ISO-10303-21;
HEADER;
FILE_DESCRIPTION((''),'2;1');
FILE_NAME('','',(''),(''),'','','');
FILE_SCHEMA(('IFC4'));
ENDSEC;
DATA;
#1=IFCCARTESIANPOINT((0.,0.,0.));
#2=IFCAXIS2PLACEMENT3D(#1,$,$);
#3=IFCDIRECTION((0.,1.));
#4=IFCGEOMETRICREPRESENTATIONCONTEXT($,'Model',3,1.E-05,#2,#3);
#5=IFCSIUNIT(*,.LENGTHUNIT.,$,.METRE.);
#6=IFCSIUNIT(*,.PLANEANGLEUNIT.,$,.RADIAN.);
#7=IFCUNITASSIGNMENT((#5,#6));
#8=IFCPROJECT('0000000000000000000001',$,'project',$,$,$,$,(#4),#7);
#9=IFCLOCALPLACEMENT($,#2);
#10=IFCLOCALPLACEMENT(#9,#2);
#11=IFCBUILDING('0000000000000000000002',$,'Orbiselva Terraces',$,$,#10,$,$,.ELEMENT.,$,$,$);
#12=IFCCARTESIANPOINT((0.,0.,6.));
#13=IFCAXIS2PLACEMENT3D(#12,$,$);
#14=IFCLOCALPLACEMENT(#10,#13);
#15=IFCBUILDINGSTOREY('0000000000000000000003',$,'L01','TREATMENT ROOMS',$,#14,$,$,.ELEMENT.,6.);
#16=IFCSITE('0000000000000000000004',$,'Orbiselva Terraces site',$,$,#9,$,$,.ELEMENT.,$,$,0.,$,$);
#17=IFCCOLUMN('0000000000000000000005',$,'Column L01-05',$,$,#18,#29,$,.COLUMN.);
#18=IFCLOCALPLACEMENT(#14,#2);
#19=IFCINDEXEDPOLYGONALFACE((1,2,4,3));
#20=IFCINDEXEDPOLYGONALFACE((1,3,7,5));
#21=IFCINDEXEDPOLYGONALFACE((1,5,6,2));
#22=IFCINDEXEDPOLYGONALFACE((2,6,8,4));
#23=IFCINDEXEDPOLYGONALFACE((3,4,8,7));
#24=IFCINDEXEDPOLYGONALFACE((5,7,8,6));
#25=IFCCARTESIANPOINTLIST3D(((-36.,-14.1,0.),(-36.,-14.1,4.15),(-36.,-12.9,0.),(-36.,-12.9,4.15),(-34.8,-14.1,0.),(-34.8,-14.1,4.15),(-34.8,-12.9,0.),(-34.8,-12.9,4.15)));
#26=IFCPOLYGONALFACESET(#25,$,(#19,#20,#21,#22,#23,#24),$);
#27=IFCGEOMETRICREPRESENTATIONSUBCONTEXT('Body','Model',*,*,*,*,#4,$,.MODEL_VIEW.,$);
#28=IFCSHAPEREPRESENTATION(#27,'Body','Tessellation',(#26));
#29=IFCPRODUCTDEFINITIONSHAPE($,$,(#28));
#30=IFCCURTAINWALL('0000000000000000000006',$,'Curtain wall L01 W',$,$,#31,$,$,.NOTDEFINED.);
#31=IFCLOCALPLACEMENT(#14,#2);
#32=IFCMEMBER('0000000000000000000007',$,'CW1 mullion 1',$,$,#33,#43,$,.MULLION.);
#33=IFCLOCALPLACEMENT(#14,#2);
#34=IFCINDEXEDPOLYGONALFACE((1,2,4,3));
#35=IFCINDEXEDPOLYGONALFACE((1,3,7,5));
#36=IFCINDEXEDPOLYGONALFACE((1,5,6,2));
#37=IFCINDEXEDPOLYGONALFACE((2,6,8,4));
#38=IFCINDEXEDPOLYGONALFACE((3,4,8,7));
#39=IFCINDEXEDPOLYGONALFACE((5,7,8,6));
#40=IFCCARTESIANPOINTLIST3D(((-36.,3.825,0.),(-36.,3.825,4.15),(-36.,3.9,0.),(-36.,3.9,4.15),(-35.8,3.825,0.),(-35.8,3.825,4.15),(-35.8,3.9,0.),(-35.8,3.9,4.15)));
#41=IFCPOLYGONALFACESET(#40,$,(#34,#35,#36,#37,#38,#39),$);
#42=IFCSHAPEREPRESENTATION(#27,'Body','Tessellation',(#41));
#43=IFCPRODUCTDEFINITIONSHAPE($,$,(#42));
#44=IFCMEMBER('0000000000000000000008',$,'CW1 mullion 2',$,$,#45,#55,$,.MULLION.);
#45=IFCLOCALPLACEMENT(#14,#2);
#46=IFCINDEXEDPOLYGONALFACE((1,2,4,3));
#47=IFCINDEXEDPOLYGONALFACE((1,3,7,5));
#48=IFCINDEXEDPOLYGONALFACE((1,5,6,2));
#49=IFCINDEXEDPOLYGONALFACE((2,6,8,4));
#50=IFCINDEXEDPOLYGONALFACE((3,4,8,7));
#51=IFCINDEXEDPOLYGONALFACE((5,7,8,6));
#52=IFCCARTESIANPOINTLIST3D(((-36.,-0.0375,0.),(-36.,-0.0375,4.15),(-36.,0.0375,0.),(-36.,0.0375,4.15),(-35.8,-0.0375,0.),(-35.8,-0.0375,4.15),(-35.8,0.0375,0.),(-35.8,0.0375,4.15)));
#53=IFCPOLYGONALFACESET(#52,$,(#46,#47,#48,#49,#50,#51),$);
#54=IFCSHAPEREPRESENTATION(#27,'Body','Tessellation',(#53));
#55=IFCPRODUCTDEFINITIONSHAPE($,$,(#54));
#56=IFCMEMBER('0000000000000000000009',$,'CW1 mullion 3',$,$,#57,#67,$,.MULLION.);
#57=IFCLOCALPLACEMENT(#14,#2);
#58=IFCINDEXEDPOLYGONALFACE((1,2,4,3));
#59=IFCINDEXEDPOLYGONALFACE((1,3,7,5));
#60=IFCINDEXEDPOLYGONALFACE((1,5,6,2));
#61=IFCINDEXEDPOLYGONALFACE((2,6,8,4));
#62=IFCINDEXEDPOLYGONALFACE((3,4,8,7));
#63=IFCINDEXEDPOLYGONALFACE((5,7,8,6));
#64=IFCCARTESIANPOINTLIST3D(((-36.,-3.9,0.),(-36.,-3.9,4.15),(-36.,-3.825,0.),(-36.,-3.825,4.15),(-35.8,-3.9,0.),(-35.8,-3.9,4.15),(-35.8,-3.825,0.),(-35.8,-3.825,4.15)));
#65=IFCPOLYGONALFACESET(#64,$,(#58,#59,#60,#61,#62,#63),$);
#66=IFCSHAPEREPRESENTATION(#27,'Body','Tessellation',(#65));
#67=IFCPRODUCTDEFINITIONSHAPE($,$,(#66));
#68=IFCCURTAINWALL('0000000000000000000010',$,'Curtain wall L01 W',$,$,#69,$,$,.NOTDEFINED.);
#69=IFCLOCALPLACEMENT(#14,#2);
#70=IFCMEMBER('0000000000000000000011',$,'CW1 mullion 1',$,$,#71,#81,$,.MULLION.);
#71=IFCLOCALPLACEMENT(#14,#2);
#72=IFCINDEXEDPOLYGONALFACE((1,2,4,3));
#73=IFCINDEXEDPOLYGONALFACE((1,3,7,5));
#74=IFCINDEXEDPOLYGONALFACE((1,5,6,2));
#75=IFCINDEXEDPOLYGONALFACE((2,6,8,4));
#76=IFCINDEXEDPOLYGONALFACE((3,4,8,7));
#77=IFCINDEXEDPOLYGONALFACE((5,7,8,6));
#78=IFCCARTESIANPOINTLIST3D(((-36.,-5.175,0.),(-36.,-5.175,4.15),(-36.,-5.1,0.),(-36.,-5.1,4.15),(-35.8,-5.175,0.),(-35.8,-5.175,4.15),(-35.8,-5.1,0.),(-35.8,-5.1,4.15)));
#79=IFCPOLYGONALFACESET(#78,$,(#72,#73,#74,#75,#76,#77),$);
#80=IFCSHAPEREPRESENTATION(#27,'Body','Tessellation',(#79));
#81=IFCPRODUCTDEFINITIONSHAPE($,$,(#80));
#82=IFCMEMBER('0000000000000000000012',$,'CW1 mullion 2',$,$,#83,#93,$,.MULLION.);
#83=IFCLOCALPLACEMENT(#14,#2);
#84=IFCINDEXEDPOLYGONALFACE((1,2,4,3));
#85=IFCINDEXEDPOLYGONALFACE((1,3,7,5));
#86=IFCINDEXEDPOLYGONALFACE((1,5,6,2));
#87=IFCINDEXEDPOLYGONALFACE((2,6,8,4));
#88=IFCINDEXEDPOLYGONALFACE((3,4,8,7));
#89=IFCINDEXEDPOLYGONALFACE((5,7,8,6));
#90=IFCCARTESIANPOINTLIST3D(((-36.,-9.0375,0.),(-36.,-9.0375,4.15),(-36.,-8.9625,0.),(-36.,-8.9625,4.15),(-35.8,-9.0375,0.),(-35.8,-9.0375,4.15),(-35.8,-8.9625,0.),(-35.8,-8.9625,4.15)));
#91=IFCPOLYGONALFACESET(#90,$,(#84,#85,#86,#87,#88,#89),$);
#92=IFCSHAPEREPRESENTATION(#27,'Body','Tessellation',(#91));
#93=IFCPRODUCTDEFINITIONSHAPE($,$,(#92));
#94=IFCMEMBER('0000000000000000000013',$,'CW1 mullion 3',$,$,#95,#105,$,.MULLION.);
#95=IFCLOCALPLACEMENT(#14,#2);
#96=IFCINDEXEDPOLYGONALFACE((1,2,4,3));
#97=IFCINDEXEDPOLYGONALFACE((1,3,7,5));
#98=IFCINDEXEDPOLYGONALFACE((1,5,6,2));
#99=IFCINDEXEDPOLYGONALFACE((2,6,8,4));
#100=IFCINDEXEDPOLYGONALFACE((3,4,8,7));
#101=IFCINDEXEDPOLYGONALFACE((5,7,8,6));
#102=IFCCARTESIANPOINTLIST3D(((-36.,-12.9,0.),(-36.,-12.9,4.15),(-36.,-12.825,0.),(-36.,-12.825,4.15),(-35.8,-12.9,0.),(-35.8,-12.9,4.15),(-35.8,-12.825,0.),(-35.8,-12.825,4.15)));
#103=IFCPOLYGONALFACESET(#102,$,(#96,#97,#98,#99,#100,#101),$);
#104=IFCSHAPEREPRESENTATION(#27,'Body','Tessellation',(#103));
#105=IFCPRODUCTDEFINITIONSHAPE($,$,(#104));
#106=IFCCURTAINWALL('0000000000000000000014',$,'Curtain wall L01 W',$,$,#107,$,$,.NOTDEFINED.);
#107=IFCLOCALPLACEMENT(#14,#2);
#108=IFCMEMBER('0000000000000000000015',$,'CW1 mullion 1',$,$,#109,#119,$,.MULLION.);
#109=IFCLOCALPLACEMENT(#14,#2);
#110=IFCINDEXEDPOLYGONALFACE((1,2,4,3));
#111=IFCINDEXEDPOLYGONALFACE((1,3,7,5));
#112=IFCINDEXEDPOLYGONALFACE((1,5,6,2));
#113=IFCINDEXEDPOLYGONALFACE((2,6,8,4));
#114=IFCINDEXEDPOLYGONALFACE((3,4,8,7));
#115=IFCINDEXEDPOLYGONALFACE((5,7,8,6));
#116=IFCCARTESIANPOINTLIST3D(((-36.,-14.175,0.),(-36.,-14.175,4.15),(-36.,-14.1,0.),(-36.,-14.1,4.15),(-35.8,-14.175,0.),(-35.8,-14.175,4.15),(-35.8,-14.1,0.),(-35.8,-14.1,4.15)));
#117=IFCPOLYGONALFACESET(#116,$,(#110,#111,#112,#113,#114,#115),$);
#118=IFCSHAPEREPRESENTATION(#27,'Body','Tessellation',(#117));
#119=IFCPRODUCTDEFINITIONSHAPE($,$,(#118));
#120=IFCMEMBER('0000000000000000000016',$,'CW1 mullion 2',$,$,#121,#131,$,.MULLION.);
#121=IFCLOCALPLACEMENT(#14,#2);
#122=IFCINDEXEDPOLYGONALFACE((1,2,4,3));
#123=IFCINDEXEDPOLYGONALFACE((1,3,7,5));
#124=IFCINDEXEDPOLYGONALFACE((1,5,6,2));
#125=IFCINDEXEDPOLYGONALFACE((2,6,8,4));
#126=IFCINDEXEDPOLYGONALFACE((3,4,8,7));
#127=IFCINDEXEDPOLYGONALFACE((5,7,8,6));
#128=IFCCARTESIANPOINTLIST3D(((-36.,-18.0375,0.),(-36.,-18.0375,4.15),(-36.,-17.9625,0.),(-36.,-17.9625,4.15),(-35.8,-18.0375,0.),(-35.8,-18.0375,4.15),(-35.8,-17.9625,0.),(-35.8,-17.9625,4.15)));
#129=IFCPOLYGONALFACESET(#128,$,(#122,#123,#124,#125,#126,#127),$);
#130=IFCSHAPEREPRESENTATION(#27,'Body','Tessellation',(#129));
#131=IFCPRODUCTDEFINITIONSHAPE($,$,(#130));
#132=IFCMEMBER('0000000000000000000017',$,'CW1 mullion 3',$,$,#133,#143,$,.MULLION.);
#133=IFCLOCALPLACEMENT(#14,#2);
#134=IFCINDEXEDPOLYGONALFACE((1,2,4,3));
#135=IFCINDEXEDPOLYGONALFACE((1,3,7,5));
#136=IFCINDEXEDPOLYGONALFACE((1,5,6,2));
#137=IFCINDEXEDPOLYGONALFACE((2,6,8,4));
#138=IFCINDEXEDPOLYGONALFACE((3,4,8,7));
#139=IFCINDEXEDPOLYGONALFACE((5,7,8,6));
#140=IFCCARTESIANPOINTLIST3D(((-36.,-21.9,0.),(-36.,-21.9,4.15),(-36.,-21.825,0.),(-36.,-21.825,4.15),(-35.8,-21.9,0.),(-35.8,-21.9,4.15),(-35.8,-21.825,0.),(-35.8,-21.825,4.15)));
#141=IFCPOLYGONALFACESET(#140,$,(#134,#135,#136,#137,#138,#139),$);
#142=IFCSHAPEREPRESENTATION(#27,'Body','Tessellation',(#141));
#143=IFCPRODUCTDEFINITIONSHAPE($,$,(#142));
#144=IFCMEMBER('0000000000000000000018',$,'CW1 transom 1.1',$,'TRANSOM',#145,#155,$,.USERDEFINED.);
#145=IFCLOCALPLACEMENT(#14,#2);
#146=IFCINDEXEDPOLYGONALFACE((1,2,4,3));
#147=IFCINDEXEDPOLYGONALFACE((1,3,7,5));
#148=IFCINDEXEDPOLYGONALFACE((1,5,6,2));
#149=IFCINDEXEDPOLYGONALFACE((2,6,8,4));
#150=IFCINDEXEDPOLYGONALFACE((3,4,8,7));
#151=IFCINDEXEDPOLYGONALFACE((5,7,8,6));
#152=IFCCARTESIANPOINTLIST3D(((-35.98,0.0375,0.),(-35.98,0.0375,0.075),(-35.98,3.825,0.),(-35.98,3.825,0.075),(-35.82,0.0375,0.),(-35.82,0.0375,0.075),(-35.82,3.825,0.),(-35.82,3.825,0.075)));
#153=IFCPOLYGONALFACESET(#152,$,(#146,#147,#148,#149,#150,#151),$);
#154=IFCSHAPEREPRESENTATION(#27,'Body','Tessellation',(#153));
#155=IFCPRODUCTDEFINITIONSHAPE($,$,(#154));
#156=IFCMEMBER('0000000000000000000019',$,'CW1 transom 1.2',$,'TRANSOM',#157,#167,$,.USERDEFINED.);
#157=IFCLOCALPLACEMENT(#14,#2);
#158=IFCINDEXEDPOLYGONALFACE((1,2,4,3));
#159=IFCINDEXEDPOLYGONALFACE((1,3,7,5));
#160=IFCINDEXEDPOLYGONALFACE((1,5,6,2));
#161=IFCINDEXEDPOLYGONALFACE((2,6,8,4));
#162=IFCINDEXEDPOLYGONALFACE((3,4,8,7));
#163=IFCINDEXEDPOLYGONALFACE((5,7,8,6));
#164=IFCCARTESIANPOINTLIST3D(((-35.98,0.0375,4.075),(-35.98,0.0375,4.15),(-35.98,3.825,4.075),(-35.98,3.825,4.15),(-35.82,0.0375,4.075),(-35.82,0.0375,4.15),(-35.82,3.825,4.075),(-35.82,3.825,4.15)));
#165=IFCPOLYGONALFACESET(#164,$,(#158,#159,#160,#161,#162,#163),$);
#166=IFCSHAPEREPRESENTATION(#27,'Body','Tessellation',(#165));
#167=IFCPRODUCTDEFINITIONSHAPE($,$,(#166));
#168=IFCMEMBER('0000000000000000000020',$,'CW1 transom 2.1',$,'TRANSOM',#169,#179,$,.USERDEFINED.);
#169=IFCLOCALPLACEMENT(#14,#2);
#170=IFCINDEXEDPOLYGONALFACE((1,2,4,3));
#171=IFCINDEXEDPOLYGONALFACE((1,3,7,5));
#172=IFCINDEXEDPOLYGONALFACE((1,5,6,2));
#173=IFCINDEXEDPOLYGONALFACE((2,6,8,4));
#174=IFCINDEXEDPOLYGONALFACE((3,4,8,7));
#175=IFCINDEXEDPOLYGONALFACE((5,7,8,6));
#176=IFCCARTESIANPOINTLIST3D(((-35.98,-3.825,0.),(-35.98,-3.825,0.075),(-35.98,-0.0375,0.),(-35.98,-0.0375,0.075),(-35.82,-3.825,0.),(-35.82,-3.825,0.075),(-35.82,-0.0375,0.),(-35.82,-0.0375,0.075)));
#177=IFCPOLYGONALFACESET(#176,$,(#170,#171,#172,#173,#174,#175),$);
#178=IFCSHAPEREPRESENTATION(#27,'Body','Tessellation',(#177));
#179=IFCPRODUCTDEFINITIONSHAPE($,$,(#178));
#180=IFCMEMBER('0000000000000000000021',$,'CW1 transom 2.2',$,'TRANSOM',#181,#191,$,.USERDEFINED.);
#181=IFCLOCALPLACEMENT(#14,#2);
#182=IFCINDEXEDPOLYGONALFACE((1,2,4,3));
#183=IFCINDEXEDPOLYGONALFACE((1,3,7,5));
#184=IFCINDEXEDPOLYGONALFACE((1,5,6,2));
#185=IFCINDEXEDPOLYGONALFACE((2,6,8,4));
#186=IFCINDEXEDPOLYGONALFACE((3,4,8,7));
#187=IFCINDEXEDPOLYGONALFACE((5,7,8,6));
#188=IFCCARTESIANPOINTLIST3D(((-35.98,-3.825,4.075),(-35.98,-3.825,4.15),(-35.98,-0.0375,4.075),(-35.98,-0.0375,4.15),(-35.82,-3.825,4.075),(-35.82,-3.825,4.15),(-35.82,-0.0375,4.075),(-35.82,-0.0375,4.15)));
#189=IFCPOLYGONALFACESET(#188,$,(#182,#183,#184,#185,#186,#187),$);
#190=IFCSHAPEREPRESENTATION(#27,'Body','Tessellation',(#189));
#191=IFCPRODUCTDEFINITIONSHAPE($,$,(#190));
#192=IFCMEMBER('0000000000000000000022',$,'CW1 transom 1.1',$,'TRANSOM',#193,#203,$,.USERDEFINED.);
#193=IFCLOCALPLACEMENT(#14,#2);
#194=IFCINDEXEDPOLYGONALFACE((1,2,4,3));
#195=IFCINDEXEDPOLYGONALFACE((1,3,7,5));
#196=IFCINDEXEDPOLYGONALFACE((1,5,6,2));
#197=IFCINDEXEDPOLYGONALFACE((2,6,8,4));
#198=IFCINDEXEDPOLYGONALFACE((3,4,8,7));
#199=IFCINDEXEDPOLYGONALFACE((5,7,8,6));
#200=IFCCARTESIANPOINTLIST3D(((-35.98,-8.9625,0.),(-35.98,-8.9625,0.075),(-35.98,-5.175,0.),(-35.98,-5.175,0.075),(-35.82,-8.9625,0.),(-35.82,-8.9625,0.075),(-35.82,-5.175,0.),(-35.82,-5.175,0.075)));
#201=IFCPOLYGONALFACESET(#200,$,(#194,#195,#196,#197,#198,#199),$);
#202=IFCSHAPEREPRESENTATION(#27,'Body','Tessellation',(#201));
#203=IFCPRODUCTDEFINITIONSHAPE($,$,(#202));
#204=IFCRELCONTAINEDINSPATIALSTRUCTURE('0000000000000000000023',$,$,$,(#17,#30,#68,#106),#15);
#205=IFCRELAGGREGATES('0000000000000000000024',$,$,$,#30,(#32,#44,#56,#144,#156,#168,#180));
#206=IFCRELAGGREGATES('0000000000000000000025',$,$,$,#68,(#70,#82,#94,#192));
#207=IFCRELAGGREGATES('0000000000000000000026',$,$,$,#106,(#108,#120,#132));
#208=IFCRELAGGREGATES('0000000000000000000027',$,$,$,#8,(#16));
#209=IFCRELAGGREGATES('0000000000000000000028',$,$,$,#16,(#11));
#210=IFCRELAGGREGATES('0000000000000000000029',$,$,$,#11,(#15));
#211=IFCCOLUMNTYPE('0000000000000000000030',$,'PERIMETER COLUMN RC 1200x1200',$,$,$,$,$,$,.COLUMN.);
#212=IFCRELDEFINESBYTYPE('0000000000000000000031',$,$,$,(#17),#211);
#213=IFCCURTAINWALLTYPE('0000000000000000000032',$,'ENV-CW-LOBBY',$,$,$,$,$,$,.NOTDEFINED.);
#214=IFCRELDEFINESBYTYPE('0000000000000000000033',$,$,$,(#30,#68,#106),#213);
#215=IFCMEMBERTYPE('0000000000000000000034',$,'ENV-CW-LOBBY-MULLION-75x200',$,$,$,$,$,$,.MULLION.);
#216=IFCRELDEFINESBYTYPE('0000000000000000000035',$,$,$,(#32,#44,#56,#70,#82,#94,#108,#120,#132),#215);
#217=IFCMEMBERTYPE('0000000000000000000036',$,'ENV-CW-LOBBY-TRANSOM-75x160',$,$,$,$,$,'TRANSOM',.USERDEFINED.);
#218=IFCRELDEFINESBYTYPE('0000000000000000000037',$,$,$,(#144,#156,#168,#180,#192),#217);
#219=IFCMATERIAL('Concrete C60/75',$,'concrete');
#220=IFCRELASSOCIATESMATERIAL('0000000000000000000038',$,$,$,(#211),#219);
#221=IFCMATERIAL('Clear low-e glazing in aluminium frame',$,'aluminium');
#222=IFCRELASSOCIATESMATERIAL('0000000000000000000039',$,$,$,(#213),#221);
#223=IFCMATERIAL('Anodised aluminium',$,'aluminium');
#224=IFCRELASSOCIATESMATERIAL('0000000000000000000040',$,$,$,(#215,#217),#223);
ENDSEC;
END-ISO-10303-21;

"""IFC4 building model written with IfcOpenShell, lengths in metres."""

from ifc_helpers import new_model, si_unit, direction, frame, origin, origin_2d, place, context, subcontext, project, spatial, rectangle, extrude, material, material_profile, profile_set, type_object, element, aggregate, save


model = new_model("IFC4")

# Units and contexts
model_context = context("Model", 3, precision=1e-05, world=origin(), true_north=direction((0.0, 1.0)))
body_context = subcontext(model_context, "Body", "Model", "MODEL_VIEW")
ifc_project = project(units=[si_unit("LENGTHUNIT", "METRE"), si_unit("PLANEANGLEUNIT", "RADIAN")], contexts=[model_context])

# Site, building, storey
site_placement = place(None, origin())
site = spatial("IfcSite", under=ifc_project, at=site_placement, Name="Orbiselva Terraces site", CompositionType="ELEMENT", RefElevation=0.0)
building_placement = place(site_placement, origin())
building = spatial("IfcBuilding", under=site, at=building_placement, Name="Orbiselva Terraces", CompositionType="ELEMENT")
storey_placement = place(building_placement, frame((0.0, 0.0, 6.0)))
storey = spatial("IfcBuildingStorey", under=building, at=storey_placement, Name="L01", Description="TREATMENT ROOMS", CompositionType="ELEMENT", Elevation=6.0)

# Column
ifc_material_1 = material(Name="Concrete C60/75", Category="concrete")
ifc_material_profile_1 = material_profile(ifc_material_1, rectangle(XDim=1.2, YDim=1.2, at=origin_2d()), Name="RC 1200x1200")
ifc_profile_set_1 = profile_set([ifc_material_profile_1], Name="Concrete C60/75")
column_type = type_object("IfcColumnType", Name="PERIMETER COLUMN RC 1200x1200", PredefinedType="COLUMN", material=ifc_profile_set_1)
column_placement = place(storey_placement, frame((-35.4, -13.5, 0.0), z_axis=(0.0, 0.0, 1.0), x_axis=(1.0, 0.0, 0.0)))
element("IfcColumn", 1, at=column_placement, inside=storey, type_object=column_type, Name="Column L01-05", PredefinedType="COLUMN", context=body_context, shape_type="SweptSolid", body=[
    extrude(rectangle(XDim=1.2, YDim=1.2, at=origin_2d()), origin(), (0.0, 0.0, 1.0), 4.15),
])

# Curtain walls, members
ifc_material_2 = material(Name="Clear low-e glazing in aluminium frame", Category="aluminium")
curtain_wall_type = type_object("IfcCurtainWallType", Name="ENV-CW-LOBBY", PredefinedType="NOTDEFINED", material=ifc_material_2)
curtain_wall_1_placement = place(storey_placement, origin())
curtain_wall_1 = element("IfcCurtainWall", 2, at=curtain_wall_1_placement, inside=storey, type_object=curtain_wall_type, Name="Curtain wall L01 W", PredefinedType="NOTDEFINED")
ifc_material_3 = material(Name="Anodised aluminium", Category="aluminium")
ifc_material_profile_2 = material_profile(ifc_material_3, rectangle(XDim=0.2, YDim=0.075, at=origin_2d()), Name="AL 75x200")
ifc_profile_set_2 = profile_set([ifc_material_profile_2], Name="Anodised aluminium")
member_type_1 = type_object("IfcMemberType", Name="ENV-CW-LOBBY-MULLION-75x200", PredefinedType="MULLION", material=ifc_profile_set_2)
member_1_placement = place(storey_placement, frame((-35.9, 3.8625, 0.0), z_axis=(0.0, 0.0, 1.0), x_axis=(1.0, 0.0, 0.0)))
member_1 = element("IfcMember", 3, at=member_1_placement, type_object=member_type_1, Name="CW1 mullion 1", PredefinedType="MULLION", context=body_context, shape_type="SweptSolid", body=[
    extrude(rectangle(XDim=0.2, YDim=0.075, at=origin_2d()), origin(), (0.0, 0.0, 1.0), 4.15),
])
member_2_placement = place(storey_placement, frame((-35.9, 0.0, 0.0), z_axis=(0.0, 0.0, 1.0), x_axis=(1.0, 0.0, 0.0)))
member_2 = element("IfcMember", 4, at=member_2_placement, type_object=member_type_1, Name="CW1 mullion 2", PredefinedType="MULLION", context=body_context, shape_type="SweptSolid", body=[
    extrude(rectangle(XDim=0.2, YDim=0.075, at=origin_2d()), origin(), (0.0, 0.0, 1.0), 4.15),
])
member_3_placement = place(storey_placement, frame((-35.9, -3.8625, 0.0), z_axis=(0.0, 0.0, 1.0), x_axis=(1.0, 0.0, 0.0)))
member_3 = element("IfcMember", 5, at=member_3_placement, type_object=member_type_1, Name="CW1 mullion 3", PredefinedType="MULLION", context=body_context, shape_type="SweptSolid", body=[
    extrude(rectangle(XDim=0.2, YDim=0.075, at=origin_2d()), origin(), (0.0, 0.0, 1.0), 4.15),
])
curtain_wall_2_placement = place(storey_placement, origin())
curtain_wall_2 = element("IfcCurtainWall", 6, at=curtain_wall_2_placement, inside=storey, type_object=curtain_wall_type, Name="Curtain wall L01 W", PredefinedType="NOTDEFINED")
member_4_placement = place(storey_placement, frame((-35.9, -5.1375, 0.0), z_axis=(0.0, 0.0, 1.0), x_axis=(1.0, 0.0, 0.0)))
member_4 = element("IfcMember", 7, at=member_4_placement, type_object=member_type_1, Name="CW1 mullion 1", PredefinedType="MULLION", context=body_context, shape_type="SweptSolid", body=[
    extrude(rectangle(XDim=0.2, YDim=0.075, at=origin_2d()), origin(), (0.0, 0.0, 1.0), 4.15),
])
member_5_placement = place(storey_placement, frame((-35.9, -9.0, 0.0), z_axis=(0.0, 0.0, 1.0), x_axis=(1.0, 0.0, 0.0)))
member_5 = element("IfcMember", 8, at=member_5_placement, type_object=member_type_1, Name="CW1 mullion 2", PredefinedType="MULLION", context=body_context, shape_type="SweptSolid", body=[
    extrude(rectangle(XDim=0.2, YDim=0.075, at=origin_2d()), origin(), (0.0, 0.0, 1.0), 4.15),
])
member_6_placement = place(storey_placement, frame((-35.9, -12.8625, 0.0), z_axis=(0.0, 0.0, 1.0), x_axis=(1.0, 0.0, 0.0)))
member_6 = element("IfcMember", 9, at=member_6_placement, type_object=member_type_1, Name="CW1 mullion 3", PredefinedType="MULLION", context=body_context, shape_type="SweptSolid", body=[
    extrude(rectangle(XDim=0.2, YDim=0.075, at=origin_2d()), origin(), (0.0, 0.0, 1.0), 4.15),
])
curtain_wall_3_placement = place(storey_placement, origin())
curtain_wall_3 = element("IfcCurtainWall", 10, at=curtain_wall_3_placement, inside=storey, type_object=curtain_wall_type, Name="Curtain wall L01 W", PredefinedType="NOTDEFINED")
member_7_placement = place(storey_placement, frame((-35.9, -14.1375, 0.0), z_axis=(0.0, 0.0, 1.0), x_axis=(1.0, 0.0, 0.0)))
member_7 = element("IfcMember", 11, at=member_7_placement, type_object=member_type_1, Name="CW1 mullion 1", PredefinedType="MULLION", context=body_context, shape_type="SweptSolid", body=[
    extrude(rectangle(XDim=0.2, YDim=0.075, at=origin_2d()), origin(), (0.0, 0.0, 1.0), 4.15),
])
member_8_placement = place(storey_placement, frame((-35.9, -18.0, 0.0), z_axis=(0.0, 0.0, 1.0), x_axis=(1.0, 0.0, 0.0)))
member_8 = element("IfcMember", 12, at=member_8_placement, type_object=member_type_1, Name="CW1 mullion 2", PredefinedType="MULLION", context=body_context, shape_type="SweptSolid", body=[
    extrude(rectangle(XDim=0.2, YDim=0.075, at=origin_2d()), origin(), (0.0, 0.0, 1.0), 4.15),
])
member_9_placement = place(storey_placement, frame((-35.9, -21.8625, 0.0), z_axis=(0.0, 0.0, 1.0), x_axis=(1.0, 0.0, 0.0)))
member_9 = element("IfcMember", 13, at=member_9_placement, type_object=member_type_1, Name="CW1 mullion 3", PredefinedType="MULLION", context=body_context, shape_type="SweptSolid", body=[
    extrude(rectangle(XDim=0.2, YDim=0.075, at=origin_2d()), origin(), (0.0, 0.0, 1.0), 4.15),
])

# Members
ifc_material_profile_3 = material_profile(ifc_material_3, rectangle(XDim=0.16, YDim=0.075, at=origin_2d()), Name="AL 75x160")
ifc_profile_set_3 = profile_set([ifc_material_profile_3], Name="Anodised aluminium")
member_type_2 = type_object("IfcMemberType", Name="ENV-CW-LOBBY-TRANSOM-75x160", ElementType="TRANSOM", PredefinedType="USERDEFINED", material=ifc_profile_set_3)
member_10_placement = place(storey_placement, frame((-35.9, 3.825, 0.0375), z_axis=(0.0, -1.0, 0.0), x_axis=(1.0, 0.0, 0.0)))
member_10 = element("IfcMember", 14, at=member_10_placement, type_object=member_type_2, Name="CW1 transom 1.1", ObjectType="TRANSOM", PredefinedType="USERDEFINED", context=body_context, shape_type="SweptSolid", body=[
    extrude(rectangle(XDim=0.16, YDim=0.075, at=origin_2d()), origin(), (0.0, 0.0, 1.0), 3.7875),
])
member_11_placement = place(storey_placement, frame((-35.9, 3.825, 4.1125), z_axis=(0.0, -1.0, 0.0), x_axis=(1.0, 0.0, 0.0)))
member_11 = element("IfcMember", 15, at=member_11_placement, type_object=member_type_2, Name="CW1 transom 1.2", ObjectType="TRANSOM", PredefinedType="USERDEFINED", context=body_context, shape_type="SweptSolid", body=[
    extrude(rectangle(XDim=0.16, YDim=0.075, at=origin_2d()), origin(), (0.0, 0.0, 1.0), 3.7875),
])
member_12_placement = place(storey_placement, frame((-35.9, -0.0375, 0.0375), z_axis=(0.0, -1.0, 0.0), x_axis=(1.0, 0.0, 0.0)))
member_12 = element("IfcMember", 16, at=member_12_placement, type_object=member_type_2, Name="CW1 transom 2.1", ObjectType="TRANSOM", PredefinedType="USERDEFINED", context=body_context, shape_type="SweptSolid", body=[
    extrude(rectangle(XDim=0.16, YDim=0.075, at=origin_2d()), origin(), (0.0, 0.0, 1.0), 3.7875),
])
member_13_placement = place(storey_placement, frame((-35.9, -0.0375, 4.1125), z_axis=(0.0, -1.0, 0.0), x_axis=(1.0, 0.0, 0.0)))
member_13 = element("IfcMember", 17, at=member_13_placement, type_object=member_type_2, Name="CW1 transom 2.2", ObjectType="TRANSOM", PredefinedType="USERDEFINED", context=body_context, shape_type="SweptSolid", body=[
    extrude(rectangle(XDim=0.16, YDim=0.075, at=origin_2d()), origin(), (0.0, 0.0, 1.0), 3.7875),
])
member_14_placement = place(storey_placement, frame((-35.9, -5.175, 0.0375), z_axis=(0.0, -1.0, 0.0), x_axis=(1.0, 0.0, 0.0)))
member_14 = element("IfcMember", 18, at=member_14_placement, type_object=member_type_2, Name="CW1 transom 1.1", ObjectType="TRANSOM", PredefinedType="USERDEFINED", context=body_context, shape_type="SweptSolid", body=[
    extrude(rectangle(XDim=0.16, YDim=0.075, at=origin_2d()), origin(), (0.0, 0.0, 1.0), 3.7875),
])

aggregate(curtain_wall_1, [member_1, member_2, member_3, member_10, member_11, member_12, member_13])
aggregate(curtain_wall_2, [member_4, member_5, member_6, member_14])
aggregate(curtain_wall_3, [member_7, member_8, member_9])

save(model, "model.ifc")
